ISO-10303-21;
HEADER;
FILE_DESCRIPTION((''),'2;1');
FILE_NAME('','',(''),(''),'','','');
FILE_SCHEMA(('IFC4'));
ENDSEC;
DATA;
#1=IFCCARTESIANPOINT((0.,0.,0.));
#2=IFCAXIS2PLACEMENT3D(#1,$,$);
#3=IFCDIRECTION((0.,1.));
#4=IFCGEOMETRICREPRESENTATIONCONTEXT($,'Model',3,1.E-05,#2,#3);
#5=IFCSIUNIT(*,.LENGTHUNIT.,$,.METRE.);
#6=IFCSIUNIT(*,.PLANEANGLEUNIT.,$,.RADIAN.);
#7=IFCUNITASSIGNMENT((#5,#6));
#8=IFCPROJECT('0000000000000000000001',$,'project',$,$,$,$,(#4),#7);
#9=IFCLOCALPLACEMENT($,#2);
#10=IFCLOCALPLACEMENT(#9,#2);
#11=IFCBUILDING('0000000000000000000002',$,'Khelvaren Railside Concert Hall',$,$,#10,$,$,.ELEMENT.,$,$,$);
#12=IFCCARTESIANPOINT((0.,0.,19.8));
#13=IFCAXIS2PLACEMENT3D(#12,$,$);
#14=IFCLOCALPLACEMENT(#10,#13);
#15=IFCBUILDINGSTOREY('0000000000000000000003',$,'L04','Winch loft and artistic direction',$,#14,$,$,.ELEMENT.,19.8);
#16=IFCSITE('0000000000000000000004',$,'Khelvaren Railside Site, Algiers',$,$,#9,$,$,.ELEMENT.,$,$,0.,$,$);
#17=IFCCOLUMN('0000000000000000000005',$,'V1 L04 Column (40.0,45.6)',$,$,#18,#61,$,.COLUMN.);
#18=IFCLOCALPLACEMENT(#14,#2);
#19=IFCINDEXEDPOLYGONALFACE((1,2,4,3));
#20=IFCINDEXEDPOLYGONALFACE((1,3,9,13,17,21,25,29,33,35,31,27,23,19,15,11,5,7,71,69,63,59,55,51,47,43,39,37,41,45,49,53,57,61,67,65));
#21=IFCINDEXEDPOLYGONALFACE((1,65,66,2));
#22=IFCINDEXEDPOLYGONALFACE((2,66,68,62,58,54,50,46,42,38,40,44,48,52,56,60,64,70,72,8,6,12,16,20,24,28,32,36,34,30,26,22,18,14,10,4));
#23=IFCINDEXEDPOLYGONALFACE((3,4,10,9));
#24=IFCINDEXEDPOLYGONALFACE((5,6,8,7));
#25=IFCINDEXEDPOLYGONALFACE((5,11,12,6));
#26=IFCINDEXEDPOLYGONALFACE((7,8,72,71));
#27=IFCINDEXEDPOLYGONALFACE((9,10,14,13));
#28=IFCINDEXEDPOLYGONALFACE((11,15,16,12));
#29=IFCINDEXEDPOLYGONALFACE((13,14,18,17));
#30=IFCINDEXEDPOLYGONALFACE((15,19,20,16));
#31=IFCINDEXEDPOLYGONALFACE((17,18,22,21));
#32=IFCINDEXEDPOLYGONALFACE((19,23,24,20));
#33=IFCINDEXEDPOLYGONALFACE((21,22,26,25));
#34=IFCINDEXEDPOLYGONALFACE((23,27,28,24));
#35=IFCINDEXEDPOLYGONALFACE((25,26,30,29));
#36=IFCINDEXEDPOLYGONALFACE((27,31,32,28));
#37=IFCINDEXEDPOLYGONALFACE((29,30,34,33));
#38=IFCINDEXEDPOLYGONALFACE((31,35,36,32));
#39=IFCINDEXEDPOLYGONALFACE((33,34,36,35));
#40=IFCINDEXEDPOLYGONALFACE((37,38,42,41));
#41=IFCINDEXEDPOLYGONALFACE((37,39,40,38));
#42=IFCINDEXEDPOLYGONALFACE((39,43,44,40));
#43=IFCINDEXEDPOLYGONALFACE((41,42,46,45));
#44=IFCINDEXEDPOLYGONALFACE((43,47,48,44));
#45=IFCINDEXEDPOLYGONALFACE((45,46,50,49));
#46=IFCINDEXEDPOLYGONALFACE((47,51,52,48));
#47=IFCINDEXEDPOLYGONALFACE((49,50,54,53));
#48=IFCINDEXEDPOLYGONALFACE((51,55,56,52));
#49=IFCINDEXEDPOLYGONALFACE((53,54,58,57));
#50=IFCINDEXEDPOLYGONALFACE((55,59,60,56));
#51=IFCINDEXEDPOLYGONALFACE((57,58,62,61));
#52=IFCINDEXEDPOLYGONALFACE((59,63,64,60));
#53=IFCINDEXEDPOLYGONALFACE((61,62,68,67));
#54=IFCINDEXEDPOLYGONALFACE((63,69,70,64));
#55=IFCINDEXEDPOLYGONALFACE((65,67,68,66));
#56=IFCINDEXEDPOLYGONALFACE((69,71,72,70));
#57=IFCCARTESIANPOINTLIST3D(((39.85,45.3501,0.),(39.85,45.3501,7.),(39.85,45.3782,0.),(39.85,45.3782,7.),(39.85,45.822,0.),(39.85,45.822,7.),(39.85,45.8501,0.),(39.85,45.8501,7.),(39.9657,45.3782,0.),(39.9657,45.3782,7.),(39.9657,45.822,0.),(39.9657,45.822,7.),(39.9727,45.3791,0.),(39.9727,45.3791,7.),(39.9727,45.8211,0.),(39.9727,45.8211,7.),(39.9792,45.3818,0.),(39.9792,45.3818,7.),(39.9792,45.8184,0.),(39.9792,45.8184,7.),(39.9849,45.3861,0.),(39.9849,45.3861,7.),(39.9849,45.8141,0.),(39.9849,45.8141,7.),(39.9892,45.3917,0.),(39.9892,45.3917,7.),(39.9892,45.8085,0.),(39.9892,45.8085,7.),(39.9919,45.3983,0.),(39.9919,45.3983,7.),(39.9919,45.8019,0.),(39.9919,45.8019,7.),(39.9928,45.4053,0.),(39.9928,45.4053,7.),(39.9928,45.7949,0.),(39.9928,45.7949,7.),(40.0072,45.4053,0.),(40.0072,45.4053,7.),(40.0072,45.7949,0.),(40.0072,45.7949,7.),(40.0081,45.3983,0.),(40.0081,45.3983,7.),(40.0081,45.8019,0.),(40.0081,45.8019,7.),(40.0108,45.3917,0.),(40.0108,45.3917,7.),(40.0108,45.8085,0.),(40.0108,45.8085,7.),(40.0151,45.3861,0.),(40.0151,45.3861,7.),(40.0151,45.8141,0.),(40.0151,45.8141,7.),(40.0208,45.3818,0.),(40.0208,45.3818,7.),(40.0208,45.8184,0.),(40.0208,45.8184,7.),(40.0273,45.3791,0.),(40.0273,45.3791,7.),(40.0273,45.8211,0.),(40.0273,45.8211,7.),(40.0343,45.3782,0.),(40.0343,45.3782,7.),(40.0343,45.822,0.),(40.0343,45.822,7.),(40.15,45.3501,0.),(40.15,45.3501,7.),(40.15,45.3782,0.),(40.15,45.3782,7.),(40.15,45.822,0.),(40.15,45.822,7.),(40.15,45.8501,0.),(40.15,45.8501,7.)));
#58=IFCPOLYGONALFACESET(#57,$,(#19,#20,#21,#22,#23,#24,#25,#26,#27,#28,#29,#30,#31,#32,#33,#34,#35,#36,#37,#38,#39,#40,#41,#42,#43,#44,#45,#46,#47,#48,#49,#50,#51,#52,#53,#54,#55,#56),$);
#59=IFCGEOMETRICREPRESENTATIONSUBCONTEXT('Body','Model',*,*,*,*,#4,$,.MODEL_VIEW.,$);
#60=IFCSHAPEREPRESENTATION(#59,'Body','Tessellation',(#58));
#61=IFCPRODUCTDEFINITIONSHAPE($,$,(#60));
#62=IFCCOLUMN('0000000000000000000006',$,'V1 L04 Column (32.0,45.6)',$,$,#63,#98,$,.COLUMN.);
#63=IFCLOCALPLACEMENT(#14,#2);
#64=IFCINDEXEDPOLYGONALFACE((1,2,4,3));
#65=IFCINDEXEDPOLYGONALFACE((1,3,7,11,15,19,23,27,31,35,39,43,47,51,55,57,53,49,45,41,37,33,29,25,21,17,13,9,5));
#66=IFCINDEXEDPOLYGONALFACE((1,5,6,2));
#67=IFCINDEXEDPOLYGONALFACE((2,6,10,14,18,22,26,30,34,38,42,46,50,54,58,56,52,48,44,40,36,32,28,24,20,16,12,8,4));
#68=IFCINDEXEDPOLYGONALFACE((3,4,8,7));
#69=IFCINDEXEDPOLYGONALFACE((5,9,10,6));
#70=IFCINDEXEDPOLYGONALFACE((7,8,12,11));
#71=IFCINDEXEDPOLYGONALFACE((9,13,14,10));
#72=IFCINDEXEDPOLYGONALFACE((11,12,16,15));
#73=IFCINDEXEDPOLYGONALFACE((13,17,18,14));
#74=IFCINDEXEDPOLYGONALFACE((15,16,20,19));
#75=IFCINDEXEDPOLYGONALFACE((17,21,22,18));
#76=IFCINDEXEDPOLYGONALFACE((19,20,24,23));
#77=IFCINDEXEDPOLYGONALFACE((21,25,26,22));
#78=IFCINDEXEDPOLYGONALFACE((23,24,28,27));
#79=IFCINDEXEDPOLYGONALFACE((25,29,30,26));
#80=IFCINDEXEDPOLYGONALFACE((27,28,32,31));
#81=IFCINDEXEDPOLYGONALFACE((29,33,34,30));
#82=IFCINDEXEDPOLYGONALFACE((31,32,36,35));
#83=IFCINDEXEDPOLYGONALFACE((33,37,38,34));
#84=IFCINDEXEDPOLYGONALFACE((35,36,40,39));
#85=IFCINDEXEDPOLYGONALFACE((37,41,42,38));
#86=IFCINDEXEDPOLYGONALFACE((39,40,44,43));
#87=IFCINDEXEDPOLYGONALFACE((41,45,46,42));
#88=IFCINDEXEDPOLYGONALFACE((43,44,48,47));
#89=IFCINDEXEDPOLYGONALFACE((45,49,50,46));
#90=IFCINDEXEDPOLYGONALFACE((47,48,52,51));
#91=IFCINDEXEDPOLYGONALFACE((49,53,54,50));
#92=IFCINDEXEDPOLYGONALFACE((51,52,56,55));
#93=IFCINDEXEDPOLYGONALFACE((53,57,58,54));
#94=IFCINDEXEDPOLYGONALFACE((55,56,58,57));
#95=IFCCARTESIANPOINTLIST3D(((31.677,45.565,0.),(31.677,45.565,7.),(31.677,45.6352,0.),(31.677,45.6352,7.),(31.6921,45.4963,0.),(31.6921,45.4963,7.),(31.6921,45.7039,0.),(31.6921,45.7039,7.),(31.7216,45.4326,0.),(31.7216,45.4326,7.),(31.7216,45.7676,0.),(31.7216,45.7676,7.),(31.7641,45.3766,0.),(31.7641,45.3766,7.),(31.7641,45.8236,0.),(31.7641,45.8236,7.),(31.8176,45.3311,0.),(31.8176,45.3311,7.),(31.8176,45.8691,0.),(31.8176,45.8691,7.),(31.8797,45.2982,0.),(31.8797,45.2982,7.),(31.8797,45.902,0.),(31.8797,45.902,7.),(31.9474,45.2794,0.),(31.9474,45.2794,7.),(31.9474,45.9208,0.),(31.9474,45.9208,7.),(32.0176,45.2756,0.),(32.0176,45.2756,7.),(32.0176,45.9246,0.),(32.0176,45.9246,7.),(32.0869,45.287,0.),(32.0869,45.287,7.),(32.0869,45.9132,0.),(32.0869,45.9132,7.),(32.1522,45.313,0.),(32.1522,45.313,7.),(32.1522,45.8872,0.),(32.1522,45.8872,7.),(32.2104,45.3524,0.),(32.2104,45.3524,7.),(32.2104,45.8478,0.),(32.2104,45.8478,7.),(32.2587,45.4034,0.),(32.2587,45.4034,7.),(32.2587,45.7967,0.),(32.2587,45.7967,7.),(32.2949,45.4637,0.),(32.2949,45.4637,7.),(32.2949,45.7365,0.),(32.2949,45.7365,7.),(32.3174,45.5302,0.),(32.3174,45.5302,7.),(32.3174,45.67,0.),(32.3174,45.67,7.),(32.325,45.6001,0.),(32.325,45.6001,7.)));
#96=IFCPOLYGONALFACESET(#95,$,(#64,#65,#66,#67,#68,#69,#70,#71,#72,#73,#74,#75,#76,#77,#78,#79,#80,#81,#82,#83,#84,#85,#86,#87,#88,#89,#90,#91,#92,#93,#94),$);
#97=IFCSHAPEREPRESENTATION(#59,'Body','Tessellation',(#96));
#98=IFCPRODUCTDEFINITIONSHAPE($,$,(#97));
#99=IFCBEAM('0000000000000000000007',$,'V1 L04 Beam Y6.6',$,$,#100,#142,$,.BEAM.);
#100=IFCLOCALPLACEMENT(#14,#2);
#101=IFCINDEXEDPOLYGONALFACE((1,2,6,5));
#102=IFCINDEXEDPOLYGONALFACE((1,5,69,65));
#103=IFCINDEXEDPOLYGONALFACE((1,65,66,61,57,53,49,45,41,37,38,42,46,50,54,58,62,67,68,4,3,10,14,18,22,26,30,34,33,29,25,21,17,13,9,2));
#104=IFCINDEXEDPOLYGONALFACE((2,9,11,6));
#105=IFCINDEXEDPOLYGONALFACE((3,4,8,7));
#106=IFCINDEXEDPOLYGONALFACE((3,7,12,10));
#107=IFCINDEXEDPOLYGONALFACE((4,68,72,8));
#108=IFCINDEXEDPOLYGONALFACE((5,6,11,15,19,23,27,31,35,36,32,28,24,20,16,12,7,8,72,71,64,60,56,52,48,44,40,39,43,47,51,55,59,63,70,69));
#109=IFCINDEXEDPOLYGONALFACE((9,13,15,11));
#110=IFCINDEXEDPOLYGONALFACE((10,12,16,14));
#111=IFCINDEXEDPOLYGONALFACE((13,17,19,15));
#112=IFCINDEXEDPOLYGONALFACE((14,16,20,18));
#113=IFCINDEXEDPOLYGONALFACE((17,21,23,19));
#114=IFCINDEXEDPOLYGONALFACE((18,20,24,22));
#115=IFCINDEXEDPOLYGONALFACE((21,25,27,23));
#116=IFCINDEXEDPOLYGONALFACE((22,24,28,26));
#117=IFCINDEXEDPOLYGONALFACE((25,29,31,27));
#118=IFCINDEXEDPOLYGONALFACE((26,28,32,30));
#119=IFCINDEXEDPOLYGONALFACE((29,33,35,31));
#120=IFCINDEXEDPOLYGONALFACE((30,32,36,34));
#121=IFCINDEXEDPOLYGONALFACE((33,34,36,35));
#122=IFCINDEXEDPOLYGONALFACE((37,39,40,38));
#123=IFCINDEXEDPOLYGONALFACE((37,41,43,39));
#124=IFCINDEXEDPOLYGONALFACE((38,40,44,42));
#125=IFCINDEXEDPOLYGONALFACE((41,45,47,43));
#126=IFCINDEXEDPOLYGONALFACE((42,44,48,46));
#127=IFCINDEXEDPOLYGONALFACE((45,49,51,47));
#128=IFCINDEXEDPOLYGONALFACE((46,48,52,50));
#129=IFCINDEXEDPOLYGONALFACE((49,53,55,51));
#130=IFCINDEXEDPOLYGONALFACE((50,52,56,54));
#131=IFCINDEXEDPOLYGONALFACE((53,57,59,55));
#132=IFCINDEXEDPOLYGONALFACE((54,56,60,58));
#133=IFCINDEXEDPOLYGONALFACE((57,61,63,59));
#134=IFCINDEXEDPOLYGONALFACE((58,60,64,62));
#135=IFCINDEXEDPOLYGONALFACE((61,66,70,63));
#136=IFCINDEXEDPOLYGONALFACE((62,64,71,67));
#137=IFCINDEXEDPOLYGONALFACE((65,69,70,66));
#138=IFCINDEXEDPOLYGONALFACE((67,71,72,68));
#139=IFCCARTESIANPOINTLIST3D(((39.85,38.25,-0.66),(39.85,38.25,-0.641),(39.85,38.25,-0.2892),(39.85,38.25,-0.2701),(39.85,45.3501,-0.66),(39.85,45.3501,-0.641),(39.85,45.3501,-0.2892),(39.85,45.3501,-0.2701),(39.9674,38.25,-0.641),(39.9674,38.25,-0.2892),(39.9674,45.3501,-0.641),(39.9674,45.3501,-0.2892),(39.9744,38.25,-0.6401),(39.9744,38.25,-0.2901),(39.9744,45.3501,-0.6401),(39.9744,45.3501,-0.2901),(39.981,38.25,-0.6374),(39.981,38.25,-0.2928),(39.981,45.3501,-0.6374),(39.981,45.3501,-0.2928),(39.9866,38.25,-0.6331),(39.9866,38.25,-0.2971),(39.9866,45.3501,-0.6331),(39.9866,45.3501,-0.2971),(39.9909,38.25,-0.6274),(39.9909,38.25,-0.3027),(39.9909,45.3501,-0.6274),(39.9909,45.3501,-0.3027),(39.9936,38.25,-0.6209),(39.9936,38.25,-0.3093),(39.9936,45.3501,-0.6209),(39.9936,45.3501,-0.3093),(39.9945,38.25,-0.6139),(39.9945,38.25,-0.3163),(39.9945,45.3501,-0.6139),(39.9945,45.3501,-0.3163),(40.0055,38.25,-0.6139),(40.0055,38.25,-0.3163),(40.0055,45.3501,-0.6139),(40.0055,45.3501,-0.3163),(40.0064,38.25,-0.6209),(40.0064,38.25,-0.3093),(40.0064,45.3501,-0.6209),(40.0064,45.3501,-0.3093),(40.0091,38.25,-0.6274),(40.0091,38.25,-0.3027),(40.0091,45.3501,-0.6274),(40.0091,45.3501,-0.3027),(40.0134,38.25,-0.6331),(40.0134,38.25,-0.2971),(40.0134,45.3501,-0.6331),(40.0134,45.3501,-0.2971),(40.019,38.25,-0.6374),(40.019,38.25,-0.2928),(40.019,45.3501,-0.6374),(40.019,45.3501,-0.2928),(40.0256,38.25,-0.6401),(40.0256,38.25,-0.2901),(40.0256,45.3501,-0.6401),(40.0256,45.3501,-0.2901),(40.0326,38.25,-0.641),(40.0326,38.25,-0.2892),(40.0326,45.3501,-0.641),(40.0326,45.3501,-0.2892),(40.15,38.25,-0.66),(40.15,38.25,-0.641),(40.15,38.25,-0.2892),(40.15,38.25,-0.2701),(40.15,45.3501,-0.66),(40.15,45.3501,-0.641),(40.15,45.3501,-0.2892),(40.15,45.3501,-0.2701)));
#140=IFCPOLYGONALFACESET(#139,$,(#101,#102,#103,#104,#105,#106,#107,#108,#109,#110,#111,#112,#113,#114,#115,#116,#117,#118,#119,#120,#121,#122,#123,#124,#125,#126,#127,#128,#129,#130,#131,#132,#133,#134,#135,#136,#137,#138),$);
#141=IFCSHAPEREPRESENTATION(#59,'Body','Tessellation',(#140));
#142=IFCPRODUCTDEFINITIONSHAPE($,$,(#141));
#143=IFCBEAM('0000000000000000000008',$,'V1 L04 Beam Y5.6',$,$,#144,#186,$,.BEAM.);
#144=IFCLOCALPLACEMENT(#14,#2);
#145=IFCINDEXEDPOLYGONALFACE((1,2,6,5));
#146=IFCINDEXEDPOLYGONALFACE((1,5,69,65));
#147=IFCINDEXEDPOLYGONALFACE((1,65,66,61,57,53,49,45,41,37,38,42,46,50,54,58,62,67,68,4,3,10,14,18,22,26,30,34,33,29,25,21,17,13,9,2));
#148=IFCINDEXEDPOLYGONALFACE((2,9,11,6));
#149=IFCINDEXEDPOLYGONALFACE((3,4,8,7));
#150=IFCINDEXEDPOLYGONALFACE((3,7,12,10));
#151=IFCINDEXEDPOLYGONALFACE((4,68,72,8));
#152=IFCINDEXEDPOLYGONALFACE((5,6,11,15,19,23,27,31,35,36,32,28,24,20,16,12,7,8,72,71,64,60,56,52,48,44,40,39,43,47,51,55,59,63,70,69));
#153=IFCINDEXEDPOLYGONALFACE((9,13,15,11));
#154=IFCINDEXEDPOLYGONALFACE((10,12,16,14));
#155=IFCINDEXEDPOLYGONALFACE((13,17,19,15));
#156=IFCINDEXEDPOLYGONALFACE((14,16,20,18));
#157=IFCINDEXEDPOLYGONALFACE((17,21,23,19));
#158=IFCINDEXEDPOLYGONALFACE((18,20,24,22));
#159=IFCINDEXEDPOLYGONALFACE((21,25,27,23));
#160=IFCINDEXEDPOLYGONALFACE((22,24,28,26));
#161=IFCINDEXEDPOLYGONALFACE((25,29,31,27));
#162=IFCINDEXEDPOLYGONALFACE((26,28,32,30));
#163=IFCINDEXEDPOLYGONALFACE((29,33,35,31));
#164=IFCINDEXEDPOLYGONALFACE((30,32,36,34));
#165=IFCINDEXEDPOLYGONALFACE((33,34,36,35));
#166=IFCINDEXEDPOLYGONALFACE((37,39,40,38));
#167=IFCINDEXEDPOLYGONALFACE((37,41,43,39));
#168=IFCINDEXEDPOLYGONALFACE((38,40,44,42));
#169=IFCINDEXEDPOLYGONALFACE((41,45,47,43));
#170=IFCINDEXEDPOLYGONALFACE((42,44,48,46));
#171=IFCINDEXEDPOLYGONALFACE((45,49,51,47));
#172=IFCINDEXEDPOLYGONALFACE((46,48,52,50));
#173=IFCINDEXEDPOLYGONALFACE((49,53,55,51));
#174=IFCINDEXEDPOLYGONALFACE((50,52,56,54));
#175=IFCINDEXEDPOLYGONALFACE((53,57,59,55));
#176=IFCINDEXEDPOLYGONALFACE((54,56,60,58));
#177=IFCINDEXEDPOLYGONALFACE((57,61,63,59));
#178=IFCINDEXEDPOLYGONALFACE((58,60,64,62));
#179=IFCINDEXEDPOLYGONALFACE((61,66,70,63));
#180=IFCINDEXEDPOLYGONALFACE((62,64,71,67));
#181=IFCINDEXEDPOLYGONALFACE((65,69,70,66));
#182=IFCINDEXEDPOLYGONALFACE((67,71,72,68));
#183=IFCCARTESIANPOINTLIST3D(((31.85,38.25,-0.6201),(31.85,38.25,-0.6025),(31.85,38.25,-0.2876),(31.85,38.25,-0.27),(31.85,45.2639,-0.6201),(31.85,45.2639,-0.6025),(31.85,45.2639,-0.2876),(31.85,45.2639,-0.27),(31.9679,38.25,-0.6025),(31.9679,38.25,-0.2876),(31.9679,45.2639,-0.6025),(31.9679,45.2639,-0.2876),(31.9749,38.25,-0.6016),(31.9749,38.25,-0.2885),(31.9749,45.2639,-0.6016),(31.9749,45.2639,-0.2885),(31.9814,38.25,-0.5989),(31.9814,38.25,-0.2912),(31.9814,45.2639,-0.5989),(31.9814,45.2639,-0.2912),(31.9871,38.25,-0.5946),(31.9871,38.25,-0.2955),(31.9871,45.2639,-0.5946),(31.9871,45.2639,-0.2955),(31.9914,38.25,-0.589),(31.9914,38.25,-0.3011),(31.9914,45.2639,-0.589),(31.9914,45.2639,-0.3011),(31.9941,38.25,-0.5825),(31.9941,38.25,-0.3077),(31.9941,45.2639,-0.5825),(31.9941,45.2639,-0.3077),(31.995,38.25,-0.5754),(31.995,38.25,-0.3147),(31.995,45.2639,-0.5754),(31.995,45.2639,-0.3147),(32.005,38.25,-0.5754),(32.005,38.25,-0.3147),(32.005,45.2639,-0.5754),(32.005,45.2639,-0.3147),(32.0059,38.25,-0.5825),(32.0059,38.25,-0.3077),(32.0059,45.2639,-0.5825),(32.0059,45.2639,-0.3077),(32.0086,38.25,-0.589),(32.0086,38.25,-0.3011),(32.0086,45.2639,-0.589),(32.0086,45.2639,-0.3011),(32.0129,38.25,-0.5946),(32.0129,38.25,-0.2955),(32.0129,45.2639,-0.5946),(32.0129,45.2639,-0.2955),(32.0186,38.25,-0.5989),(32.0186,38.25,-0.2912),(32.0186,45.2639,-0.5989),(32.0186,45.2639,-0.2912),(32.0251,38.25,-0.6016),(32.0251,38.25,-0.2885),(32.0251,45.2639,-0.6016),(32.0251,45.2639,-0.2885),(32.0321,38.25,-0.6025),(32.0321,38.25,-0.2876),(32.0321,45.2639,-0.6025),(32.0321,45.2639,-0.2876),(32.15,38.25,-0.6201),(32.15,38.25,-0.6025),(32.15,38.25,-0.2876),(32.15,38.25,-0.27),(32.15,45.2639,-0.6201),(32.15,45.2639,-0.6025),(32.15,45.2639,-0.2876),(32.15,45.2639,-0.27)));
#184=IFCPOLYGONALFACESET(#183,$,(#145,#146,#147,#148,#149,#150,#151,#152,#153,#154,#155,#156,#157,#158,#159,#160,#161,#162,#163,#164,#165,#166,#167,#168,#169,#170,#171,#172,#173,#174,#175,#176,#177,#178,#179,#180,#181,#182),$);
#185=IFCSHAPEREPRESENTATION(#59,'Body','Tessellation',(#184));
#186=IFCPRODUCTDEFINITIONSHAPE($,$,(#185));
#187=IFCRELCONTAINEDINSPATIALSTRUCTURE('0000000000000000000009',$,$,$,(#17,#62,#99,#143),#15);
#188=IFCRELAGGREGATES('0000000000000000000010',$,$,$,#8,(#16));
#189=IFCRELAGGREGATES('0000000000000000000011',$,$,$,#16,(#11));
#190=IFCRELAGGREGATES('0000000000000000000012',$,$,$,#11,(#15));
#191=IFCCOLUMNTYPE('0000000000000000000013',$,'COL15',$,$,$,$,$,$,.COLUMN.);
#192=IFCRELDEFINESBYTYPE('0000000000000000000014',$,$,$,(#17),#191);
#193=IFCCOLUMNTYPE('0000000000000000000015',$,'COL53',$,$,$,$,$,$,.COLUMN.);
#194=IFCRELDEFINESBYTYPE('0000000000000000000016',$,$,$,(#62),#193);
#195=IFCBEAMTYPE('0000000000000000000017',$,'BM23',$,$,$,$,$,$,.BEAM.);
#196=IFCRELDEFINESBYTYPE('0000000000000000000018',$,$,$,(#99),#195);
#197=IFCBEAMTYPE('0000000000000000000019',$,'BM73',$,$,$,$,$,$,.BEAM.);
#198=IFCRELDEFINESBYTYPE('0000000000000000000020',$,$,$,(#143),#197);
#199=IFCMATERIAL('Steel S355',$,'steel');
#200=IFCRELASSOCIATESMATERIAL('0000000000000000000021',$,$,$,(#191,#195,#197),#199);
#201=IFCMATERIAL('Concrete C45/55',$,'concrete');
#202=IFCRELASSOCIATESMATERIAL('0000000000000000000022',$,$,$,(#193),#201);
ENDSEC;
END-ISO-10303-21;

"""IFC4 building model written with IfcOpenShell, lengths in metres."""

from ifc_helpers import new_model, si_unit, direction, frame, origin, origin_2d, place, context, subcontext, project, spatial, circle, i_section, extrude, material, material_profile, profile_set, type_object, element, save


model = new_model("IFC4")

# Units and contexts
model_context = context("Model", 3, precision=1e-05, world=origin(), true_north=direction((0.0, 1.0)))
body_context = subcontext(model_context, "Body", "Model", "MODEL_VIEW")
ifc_project = project(units=[si_unit("LENGTHUNIT", "METRE"), si_unit("PLANEANGLEUNIT", "RADIAN")], contexts=[model_context])

# Site, building, storey
site_placement = place(None, origin())
site = spatial("IfcSite", under=ifc_project, at=site_placement, Name="Khelvaren Railside Site, Algiers", CompositionType="ELEMENT", RefElevation=0.0)
building_placement = place(site_placement, origin())
building = spatial("IfcBuilding", under=site, at=building_placement, Name="Khelvaren Railside Concert Hall", CompositionType="ELEMENT")
storey_placement = place(building_placement, frame((0.0, 0.0, 19.8)))
storey = spatial("IfcBuildingStorey", under=building, at=storey_placement, Name="L04", Description="Winch loft and artistic direction", CompositionType="ELEMENT", Elevation=19.8)

# Columns
ifc_material_1 = material(Name="Steel S355", Category="steel")
ifc_material_profile_1 = material_profile(ifc_material_1, i_section(OverallWidth=0.3, OverallDepth=0.5, WebThickness=0.0144, FlangeThickness=0.0281, FilletRadius=0.0271, at=origin_2d()), Name="HEB 500")
ifc_profile_set_1 = profile_set([ifc_material_profile_1], Name="Steel S355")
column_type_1 = type_object("IfcColumnType", Name="COL15", PredefinedType="COLUMN", material=ifc_profile_set_1)
column_1_placement = place(storey_placement, frame((40.0, 45.6001, 0.0), z_axis=(0.0, 0.0, 1.0), x_axis=(1.0, 0.0, 0.0)))
element("IfcColumn", 1, at=column_1_placement, inside=storey, type_object=column_type_1, Name="V1 L04 Column (40.0,45.6)", PredefinedType="COLUMN", context=body_context, shape_type="SweptSolid", body=[
    extrude(i_section(OverallWidth=0.3, OverallDepth=0.5, WebThickness=0.0144, FlangeThickness=0.0281, FilletRadius=0.0271, at=origin_2d()), origin(), (0.0, 0.0, 1.0), 7.0),
])
ifc_material_2 = material(Name="Concrete C45/55", Category="concrete")
ifc_material_profile_2 = material_profile(ifc_material_2, circle(Radius=0.325, at=origin_2d()), Name="RC D650")
ifc_profile_set_2 = profile_set([ifc_material_profile_2], Name="Concrete C45/55")
column_type_2 = type_object("IfcColumnType", Name="COL53", PredefinedType="COLUMN", material=ifc_profile_set_2)
column_2_placement = place(storey_placement, frame((32.0, 45.6001, 0.0), z_axis=(0.0, 0.0, 1.0), x_axis=(1.0, 0.0, 0.0)))
element("IfcColumn", 2, at=column_2_placement, inside=storey, type_object=column_type_2, Name="V1 L04 Column (32.0,45.6)", PredefinedType="COLUMN", context=body_context, shape_type="SweptSolid", body=[
    extrude(circle(Radius=0.325, at=origin_2d()), origin(), (0.0, 0.0, 1.0), 7.0),
])

# Beams
ifc_material_profile_3 = material_profile(ifc_material_1, i_section(OverallWidth=0.3, OverallDepth=0.3899, WebThickness=0.011, FlangeThickness=0.019, FilletRadius=0.0271, at=origin_2d()), Name="HEA 400")
ifc_profile_set_3 = profile_set([ifc_material_profile_3], Name="Steel S355")
beam_type_1 = type_object("IfcBeamType", Name="BM23", PredefinedType="BEAM", material=ifc_profile_set_3)
beam_1_placement = place(storey_placement, frame((40.0, 38.25, -0.4651), z_axis=(0.0, 1.0, 0.0), x_axis=(-1.0, 0.0, 0.0)))
element("IfcBeam", 3, at=beam_1_placement, inside=storey, type_object=beam_type_1, Name="V1 L04 Beam Y6.6", PredefinedType="BEAM", context=body_context, shape_type="SweptSolid", body=[
    extrude(i_section(OverallWidth=0.3, OverallDepth=0.3899, WebThickness=0.011, FlangeThickness=0.019, FilletRadius=0.0271, at=origin_2d()), origin(), (0.0, 0.0, 1.0), 7.1001),
])
ifc_material_profile_4 = material_profile(ifc_material_1, i_section(OverallWidth=0.3, OverallDepth=0.3501, WebThickness=0.01, FlangeThickness=0.0176, FilletRadius=0.0271, at=origin_2d()), Name="HEA 360")
ifc_profile_set_4 = profile_set([ifc_material_profile_4], Name="Steel S355")
beam_type_2 = type_object("IfcBeamType", Name="BM73", PredefinedType="BEAM", material=ifc_profile_set_4)
beam_2_placement = place(storey_placement, frame((32.0, 38.25, -0.4451), z_axis=(0.0, 1.0, 0.0), x_axis=(-1.0, 0.0, 0.0)))
element("IfcBeam", 4, at=beam_2_placement, inside=storey, type_object=beam_type_2, Name="V1 L04 Beam Y5.6", PredefinedType="BEAM", context=body_context, shape_type="SweptSolid", body=[
    extrude(i_section(OverallWidth=0.3, OverallDepth=0.3501, WebThickness=0.01, FlangeThickness=0.0176, FilletRadius=0.0271, at=origin_2d()), origin(), (0.0, 0.0, 1.0), 7.0139),
])

save(model, "model.ifc")
